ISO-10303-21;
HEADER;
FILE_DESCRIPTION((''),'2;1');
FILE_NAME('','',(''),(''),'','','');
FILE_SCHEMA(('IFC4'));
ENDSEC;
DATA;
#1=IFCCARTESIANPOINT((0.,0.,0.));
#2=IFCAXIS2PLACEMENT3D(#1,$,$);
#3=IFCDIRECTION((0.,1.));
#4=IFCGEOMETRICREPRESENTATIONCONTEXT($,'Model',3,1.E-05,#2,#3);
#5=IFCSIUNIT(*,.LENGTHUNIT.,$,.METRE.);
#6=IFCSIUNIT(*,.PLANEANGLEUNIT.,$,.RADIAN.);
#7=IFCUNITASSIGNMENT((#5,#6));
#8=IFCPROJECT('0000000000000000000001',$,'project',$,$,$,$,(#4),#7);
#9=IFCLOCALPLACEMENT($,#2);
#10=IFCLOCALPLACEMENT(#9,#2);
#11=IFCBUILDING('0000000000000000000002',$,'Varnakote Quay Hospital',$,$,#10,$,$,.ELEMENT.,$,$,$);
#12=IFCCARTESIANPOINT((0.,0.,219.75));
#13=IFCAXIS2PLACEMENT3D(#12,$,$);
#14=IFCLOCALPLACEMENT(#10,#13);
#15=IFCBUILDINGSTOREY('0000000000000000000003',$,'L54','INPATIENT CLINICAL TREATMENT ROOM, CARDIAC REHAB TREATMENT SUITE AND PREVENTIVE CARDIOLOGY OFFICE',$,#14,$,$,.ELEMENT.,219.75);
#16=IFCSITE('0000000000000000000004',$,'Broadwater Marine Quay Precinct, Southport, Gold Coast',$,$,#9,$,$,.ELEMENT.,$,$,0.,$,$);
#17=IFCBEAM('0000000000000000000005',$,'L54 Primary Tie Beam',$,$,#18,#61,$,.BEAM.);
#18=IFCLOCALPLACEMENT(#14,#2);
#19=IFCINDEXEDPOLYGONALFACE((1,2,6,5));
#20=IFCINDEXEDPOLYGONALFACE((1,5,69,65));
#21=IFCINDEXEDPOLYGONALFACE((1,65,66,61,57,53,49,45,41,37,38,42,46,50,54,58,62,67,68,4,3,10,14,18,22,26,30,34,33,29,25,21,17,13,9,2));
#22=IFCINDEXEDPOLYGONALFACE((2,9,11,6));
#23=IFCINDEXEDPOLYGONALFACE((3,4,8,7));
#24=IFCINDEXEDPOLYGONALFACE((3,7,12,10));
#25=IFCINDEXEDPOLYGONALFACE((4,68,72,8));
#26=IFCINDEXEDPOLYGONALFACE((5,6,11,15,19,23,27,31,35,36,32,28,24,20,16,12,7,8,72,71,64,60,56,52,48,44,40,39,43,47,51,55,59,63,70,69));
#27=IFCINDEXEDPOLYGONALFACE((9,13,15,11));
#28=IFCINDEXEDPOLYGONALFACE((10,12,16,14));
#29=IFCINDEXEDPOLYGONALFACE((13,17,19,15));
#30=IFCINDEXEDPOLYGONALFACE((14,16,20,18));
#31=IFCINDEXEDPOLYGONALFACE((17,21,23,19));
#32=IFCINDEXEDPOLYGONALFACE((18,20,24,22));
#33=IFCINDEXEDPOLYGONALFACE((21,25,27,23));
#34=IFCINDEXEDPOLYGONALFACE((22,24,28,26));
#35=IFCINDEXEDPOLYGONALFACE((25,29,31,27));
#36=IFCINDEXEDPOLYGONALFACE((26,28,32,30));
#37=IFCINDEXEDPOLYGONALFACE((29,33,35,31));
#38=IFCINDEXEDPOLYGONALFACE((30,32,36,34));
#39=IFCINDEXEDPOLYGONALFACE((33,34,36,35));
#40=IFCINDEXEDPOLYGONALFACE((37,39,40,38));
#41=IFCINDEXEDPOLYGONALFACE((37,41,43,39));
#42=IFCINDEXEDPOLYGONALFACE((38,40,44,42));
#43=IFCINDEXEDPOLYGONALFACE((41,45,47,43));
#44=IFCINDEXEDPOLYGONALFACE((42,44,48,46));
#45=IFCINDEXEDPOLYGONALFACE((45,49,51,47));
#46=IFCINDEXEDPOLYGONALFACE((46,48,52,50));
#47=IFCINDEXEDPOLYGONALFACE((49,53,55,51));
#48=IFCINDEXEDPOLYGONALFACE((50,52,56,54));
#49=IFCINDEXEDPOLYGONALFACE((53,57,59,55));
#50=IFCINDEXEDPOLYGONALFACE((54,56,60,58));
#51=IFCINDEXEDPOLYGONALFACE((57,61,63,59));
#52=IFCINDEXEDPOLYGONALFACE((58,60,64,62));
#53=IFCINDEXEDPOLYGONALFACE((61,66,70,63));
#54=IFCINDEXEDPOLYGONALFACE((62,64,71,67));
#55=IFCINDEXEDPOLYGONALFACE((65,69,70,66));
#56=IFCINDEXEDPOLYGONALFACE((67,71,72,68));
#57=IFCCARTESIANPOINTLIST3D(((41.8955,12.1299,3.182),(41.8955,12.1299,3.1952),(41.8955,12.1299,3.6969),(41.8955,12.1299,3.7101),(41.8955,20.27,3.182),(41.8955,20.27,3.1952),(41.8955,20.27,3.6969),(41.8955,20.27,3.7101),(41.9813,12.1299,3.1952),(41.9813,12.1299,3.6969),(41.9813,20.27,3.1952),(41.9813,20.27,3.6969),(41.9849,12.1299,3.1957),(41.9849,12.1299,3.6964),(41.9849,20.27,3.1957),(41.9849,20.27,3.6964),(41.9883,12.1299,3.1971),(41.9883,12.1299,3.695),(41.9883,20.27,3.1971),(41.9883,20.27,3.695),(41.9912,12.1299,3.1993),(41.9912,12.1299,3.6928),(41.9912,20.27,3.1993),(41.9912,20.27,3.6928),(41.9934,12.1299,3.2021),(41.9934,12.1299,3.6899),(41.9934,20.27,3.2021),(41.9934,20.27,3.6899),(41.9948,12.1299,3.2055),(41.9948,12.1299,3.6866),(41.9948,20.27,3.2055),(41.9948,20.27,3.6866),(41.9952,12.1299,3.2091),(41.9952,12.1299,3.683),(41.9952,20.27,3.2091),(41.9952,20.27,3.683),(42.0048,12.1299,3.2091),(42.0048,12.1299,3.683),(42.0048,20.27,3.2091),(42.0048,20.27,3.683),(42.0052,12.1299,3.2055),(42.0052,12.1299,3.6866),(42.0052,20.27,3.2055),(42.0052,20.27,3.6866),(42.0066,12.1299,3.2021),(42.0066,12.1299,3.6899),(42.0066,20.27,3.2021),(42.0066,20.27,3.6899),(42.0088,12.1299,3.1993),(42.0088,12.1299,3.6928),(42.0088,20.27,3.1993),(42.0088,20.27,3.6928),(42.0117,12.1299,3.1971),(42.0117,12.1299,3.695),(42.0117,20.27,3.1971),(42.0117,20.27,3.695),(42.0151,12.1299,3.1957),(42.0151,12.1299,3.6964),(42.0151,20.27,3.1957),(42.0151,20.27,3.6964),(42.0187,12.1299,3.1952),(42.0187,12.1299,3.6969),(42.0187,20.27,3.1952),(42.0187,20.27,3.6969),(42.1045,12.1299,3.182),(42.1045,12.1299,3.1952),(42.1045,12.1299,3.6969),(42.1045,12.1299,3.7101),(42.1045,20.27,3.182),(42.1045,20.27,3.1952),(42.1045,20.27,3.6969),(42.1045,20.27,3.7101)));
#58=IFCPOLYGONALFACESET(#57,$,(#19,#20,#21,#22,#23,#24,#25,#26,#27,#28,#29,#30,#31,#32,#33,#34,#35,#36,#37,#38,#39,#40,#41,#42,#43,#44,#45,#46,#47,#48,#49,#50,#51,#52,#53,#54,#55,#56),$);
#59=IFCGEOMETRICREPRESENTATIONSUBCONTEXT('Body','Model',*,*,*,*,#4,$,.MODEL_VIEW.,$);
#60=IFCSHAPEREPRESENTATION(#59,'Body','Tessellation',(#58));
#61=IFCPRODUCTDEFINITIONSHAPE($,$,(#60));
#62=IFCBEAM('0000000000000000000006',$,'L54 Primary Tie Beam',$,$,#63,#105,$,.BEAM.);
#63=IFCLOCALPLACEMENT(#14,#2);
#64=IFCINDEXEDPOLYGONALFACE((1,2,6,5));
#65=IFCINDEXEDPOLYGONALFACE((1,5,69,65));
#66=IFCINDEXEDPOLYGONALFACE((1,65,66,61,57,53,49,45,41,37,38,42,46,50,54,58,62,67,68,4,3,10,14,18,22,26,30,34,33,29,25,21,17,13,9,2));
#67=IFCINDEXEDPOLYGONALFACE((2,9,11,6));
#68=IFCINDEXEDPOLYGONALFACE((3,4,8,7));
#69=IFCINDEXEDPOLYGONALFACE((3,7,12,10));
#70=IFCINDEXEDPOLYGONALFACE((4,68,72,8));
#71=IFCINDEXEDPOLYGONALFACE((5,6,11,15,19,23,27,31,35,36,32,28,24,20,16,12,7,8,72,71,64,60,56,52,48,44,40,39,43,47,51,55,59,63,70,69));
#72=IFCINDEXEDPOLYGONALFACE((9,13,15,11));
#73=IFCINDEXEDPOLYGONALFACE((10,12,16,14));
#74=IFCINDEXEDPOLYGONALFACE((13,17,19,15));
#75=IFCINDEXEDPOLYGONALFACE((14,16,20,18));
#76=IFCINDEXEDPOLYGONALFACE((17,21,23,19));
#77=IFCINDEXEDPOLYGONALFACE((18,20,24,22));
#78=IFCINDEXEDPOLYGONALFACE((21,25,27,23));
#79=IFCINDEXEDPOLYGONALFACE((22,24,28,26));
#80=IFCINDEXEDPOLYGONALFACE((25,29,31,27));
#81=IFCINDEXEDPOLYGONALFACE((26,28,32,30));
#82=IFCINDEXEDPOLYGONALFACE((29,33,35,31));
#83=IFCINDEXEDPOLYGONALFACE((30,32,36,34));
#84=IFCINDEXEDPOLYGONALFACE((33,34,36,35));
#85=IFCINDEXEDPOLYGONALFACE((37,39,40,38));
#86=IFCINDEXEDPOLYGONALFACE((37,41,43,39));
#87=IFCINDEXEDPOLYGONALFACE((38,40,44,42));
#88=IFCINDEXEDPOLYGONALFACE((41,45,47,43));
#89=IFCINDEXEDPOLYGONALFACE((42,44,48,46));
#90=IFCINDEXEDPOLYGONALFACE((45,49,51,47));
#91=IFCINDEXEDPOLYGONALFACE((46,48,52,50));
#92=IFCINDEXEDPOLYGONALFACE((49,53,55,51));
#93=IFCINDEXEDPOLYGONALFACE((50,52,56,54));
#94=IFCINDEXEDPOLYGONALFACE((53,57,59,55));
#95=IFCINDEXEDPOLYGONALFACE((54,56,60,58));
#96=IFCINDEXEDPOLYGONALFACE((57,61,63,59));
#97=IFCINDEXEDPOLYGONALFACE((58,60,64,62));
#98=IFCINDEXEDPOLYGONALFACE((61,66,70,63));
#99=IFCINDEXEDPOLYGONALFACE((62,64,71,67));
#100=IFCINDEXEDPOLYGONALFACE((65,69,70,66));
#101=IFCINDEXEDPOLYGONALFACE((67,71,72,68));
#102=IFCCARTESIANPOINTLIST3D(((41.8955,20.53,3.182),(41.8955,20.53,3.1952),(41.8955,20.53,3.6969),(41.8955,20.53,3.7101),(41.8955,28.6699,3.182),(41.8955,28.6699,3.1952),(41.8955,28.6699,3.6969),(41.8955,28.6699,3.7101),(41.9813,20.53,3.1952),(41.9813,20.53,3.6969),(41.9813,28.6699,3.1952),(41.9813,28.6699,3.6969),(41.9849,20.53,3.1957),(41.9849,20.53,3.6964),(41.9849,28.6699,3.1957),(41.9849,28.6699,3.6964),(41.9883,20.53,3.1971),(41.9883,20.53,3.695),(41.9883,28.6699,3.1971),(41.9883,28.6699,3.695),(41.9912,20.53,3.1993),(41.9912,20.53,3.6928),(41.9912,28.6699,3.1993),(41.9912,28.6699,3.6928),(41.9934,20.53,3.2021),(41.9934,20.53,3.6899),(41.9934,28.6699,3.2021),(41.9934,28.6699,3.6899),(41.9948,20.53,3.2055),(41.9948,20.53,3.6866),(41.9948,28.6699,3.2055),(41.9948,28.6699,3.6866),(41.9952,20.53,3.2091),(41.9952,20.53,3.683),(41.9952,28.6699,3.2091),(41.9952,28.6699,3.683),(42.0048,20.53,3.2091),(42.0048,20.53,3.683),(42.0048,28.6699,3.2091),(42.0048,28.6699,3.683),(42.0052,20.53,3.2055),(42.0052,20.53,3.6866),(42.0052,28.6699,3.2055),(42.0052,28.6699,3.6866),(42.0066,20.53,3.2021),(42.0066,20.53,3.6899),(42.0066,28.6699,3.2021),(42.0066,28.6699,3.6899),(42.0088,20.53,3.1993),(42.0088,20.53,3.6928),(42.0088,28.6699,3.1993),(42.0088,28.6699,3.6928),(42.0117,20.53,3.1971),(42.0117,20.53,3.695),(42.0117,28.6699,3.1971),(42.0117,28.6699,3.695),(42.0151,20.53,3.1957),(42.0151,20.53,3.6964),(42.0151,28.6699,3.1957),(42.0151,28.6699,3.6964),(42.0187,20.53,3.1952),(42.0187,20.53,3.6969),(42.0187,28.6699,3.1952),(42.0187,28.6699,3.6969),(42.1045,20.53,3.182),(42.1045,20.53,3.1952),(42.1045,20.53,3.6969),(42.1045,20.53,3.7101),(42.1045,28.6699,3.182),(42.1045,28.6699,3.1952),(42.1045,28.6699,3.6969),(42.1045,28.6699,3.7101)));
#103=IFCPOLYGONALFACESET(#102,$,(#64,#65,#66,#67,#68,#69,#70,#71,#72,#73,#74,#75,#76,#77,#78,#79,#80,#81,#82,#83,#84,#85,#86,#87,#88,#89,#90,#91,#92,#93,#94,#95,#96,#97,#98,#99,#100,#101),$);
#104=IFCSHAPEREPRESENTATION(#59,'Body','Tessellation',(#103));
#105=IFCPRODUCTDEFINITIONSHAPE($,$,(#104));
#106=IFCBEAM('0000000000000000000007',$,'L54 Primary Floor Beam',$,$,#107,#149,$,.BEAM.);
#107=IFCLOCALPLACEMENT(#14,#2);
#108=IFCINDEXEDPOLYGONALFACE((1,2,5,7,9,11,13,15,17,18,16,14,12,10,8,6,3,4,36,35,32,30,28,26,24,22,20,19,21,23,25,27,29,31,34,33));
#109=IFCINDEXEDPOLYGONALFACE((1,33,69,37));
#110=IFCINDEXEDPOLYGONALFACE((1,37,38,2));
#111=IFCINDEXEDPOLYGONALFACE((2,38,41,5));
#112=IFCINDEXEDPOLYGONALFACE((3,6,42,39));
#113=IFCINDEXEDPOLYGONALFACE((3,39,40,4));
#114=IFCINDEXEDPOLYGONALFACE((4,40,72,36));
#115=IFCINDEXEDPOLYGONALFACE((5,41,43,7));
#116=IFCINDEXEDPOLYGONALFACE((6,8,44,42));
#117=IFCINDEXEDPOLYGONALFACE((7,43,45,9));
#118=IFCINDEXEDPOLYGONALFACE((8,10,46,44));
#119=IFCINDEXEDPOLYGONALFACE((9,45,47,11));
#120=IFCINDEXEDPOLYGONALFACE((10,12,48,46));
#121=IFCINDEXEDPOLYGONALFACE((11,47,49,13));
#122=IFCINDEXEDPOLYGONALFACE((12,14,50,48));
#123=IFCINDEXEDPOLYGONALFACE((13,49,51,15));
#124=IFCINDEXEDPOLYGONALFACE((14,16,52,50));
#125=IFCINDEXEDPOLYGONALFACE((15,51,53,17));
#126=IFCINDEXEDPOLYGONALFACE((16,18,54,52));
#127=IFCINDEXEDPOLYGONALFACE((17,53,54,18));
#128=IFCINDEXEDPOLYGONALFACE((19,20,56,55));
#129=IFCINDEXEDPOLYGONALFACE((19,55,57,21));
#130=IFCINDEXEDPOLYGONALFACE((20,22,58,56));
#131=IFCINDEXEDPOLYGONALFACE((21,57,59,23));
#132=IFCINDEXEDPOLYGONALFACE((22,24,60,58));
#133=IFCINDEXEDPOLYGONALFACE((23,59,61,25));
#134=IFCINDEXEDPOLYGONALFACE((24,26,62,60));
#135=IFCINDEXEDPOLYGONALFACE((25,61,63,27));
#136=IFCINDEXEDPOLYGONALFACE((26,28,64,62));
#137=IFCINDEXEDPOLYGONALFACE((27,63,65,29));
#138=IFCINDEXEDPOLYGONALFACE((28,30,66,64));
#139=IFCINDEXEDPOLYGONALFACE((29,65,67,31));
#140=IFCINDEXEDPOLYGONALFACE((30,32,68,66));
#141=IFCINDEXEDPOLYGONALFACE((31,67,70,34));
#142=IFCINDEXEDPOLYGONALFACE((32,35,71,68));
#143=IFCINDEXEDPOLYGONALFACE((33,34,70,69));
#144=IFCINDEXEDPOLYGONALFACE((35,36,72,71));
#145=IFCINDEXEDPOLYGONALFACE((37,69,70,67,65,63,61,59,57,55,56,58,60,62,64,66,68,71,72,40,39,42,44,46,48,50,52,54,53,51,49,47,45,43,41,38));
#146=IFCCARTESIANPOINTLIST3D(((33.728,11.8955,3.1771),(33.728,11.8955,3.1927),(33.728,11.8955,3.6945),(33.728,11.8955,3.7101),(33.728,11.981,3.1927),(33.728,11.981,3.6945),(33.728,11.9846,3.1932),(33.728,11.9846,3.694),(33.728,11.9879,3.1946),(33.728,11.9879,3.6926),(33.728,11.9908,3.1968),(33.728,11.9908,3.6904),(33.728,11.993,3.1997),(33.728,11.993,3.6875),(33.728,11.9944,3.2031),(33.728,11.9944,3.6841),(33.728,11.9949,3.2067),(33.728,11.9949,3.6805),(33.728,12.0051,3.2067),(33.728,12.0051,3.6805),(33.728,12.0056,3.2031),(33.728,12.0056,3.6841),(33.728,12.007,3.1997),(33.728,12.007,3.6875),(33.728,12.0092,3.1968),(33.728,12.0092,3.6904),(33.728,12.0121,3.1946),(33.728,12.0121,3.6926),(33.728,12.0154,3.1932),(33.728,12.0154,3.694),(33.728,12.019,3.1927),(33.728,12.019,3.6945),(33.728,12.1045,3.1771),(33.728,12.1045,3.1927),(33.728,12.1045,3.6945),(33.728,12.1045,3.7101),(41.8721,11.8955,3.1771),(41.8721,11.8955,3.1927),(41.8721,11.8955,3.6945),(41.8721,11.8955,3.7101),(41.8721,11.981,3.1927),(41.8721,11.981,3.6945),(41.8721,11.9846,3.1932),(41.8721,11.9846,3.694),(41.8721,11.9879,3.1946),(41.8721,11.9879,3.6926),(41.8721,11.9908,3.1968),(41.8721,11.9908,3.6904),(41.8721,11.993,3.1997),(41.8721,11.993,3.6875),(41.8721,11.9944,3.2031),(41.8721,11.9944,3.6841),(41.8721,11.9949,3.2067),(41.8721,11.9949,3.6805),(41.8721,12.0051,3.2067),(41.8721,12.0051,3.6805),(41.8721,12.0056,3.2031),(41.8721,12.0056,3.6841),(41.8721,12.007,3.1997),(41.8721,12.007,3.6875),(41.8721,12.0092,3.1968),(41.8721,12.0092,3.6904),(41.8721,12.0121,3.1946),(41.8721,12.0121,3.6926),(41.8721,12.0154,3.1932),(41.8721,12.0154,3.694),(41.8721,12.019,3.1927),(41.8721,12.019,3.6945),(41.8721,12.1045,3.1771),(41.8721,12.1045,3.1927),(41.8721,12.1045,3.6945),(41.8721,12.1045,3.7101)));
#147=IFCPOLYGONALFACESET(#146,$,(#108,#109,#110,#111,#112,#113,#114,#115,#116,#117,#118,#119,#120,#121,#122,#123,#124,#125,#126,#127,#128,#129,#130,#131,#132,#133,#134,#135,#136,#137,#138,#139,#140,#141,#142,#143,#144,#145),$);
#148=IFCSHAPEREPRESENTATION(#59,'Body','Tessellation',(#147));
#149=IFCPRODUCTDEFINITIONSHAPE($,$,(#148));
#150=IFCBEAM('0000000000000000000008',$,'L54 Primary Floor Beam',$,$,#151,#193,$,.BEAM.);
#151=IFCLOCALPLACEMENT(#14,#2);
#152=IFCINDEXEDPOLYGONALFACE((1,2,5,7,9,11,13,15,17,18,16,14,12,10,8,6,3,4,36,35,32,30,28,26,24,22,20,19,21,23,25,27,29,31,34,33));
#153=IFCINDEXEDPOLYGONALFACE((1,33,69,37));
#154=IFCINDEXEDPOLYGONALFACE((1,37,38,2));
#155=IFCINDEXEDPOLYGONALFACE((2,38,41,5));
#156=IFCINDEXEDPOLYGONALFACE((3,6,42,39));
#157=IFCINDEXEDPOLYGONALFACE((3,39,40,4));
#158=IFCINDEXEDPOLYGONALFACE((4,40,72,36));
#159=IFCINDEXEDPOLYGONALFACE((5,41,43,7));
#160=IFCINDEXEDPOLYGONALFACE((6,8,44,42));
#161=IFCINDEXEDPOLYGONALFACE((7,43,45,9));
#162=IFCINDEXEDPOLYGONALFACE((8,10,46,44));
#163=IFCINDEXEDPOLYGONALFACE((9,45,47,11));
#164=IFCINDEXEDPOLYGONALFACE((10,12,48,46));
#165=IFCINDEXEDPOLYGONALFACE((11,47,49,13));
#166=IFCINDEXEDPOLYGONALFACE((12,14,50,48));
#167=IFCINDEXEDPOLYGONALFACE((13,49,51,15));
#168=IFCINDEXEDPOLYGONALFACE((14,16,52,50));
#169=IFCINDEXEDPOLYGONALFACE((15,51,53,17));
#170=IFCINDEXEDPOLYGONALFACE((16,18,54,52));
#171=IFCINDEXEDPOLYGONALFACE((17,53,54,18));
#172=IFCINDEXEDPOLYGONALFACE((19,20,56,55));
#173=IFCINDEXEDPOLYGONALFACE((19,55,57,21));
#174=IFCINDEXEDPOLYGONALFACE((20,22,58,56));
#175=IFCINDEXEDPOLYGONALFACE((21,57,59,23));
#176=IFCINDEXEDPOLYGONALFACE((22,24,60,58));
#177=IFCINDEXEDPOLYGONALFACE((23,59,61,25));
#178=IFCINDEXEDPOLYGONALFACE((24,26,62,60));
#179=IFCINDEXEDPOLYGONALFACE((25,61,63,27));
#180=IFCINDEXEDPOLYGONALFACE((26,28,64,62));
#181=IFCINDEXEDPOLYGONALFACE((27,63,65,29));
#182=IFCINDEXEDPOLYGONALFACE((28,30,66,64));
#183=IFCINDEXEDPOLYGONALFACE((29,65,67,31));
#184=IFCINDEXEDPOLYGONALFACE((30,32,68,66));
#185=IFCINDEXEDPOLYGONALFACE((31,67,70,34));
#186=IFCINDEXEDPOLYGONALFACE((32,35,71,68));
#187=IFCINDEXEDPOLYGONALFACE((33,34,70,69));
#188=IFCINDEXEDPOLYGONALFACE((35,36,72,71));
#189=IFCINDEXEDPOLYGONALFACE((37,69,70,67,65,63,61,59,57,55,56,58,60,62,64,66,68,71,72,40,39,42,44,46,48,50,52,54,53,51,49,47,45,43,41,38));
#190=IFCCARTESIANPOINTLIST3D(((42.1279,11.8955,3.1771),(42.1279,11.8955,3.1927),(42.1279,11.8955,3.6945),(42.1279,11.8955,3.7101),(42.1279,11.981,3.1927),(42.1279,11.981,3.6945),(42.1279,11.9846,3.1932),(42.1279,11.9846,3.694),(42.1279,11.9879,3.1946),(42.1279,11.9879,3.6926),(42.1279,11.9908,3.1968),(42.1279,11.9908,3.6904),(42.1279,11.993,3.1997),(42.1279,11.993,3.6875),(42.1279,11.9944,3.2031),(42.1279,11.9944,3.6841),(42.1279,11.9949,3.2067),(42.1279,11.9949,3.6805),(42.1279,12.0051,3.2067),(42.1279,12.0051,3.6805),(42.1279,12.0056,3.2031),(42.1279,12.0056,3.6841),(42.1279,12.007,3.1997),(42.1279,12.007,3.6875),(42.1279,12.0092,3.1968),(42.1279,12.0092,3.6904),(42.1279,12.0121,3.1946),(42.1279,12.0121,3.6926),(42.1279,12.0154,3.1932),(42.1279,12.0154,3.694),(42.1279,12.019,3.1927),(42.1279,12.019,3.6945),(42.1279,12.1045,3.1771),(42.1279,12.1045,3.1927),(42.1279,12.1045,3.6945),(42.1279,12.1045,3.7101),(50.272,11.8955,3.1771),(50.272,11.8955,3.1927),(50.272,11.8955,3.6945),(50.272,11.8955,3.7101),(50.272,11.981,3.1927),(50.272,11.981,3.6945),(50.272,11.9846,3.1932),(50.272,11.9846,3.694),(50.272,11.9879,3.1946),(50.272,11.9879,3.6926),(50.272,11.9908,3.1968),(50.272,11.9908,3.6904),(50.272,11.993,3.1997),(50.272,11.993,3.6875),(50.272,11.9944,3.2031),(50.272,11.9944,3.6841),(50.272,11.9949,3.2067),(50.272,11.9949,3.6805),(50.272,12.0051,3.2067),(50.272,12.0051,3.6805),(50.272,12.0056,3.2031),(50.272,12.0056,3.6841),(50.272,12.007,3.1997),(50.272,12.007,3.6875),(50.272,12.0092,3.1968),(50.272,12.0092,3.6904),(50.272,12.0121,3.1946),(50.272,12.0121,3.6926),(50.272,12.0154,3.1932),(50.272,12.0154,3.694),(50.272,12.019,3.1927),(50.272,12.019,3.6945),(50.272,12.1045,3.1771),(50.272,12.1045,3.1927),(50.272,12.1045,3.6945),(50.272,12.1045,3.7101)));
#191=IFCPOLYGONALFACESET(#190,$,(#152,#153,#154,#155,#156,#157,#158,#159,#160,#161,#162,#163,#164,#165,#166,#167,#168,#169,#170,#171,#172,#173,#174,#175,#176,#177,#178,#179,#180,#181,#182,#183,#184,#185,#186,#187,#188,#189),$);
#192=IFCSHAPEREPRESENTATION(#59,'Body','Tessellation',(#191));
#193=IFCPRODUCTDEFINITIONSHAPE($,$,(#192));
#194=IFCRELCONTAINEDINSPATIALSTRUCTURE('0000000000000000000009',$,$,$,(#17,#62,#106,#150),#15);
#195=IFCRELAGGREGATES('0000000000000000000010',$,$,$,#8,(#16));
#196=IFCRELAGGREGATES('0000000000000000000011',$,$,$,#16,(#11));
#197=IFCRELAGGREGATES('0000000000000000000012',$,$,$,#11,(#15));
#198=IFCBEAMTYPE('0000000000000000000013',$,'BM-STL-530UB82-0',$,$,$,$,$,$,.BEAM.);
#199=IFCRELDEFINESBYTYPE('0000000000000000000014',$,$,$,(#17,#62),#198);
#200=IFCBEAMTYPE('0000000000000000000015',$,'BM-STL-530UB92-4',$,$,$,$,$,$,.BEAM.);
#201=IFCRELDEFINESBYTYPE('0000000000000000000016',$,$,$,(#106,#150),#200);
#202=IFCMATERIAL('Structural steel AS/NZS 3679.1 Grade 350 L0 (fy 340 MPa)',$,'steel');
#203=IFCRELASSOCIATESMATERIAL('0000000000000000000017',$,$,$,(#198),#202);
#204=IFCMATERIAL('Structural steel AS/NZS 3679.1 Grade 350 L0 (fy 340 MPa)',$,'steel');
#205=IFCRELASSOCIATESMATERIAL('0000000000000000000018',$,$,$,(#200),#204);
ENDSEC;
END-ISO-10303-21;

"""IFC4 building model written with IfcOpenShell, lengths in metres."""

from ifc_helpers import new_model, si_unit, direction, frame, origin, origin_2d, place, context, subcontext, project, spatial, i_section, extrude, material, material_profile, profile_set, type_object, element, save


model = new_model("IFC4")

# Units and contexts
model_context = context("Model", 3, precision=1e-05, world=origin(), true_north=direction((0.0, 1.0)))
body_context = subcontext(model_context, "Body", "Model", "MODEL_VIEW")
ifc_project = project(units=[si_unit("LENGTHUNIT", "METRE"), si_unit("PLANEANGLEUNIT", "RADIAN")], contexts=[model_context])

# Site, building, storey
site_placement = place(None, origin())
site = spatial("IfcSite", under=ifc_project, at=site_placement, Name="Broadwater Marine Quay Precinct, Southport, Gold Coast", CompositionType="ELEMENT", RefElevation=0.0)
building_placement = place(site_placement, origin())
building = spatial("IfcBuilding", under=site, at=building_placement, Name="Varnakote Quay Hospital", CompositionType="ELEMENT")
storey_placement = place(building_placement, frame((0.0, 0.0, 219.75)))
storey = spatial("IfcBuildingStorey", under=building, at=storey_placement, Name="L54", Description="INPATIENT CLINICAL TREATMENT ROOM, CARDIAC REHAB TREATMENT SUITE AND PREVENTIVE CARDIOLOGY OFFICE", CompositionType="ELEMENT", Elevation=219.75)

# Beams
ifc_material_1 = material(Name="Structural steel AS/NZS 3679.1 Grade 350 L0 (fy 340 MPa)", Category="steel")
ifc_material_profile_1 = material_profile(ifc_material_1, i_section(OverallWidth=0.209, OverallDepth=0.5281, WebThickness=0.0095, FlangeThickness=0.0132, FilletRadius=0.0139, at=origin_2d()), Name="530UB82.0")
ifc_profile_set_1 = profile_set([ifc_material_profile_1], Name="Structural steel AS/NZS 3679.1 Grade 350 L0 (fy 340 MPa)")
beam_type_1 = type_object("IfcBeamType", Name="BM-STL-530UB82-0", PredefinedType="BEAM", material=ifc_profile_set_1)
beam_1_placement = place(storey_placement, frame((42.0, 12.1299, 3.446), z_axis=(0.0, 1.0, 0.0), x_axis=(-1.0, 0.0, 0.0)))
element("IfcBeam", 1, at=beam_1_placement, inside=storey, type_object=beam_type_1, Name="L54 Primary Tie Beam", PredefinedType="BEAM", context=body_context, shape_type="SweptSolid", body=[
    extrude(i_section(OverallWidth=0.209, OverallDepth=0.5281, WebThickness=0.0095, FlangeThickness=0.0132, FilletRadius=0.0139, at=origin_2d()), origin(), (0.0, 0.0, 1.0), 8.1401),
])
beam_2_placement = place(storey_placement, frame((42.0, 20.53, 3.446), z_axis=(0.0, 1.0, 0.0), x_axis=(-1.0, 0.0, 0.0)))
element("IfcBeam", 2, at=beam_2_placement, inside=storey, type_object=beam_type_1, Name="L54 Primary Tie Beam", PredefinedType="BEAM", context=body_context, shape_type="SweptSolid", body=[
    extrude(i_section(OverallWidth=0.209, OverallDepth=0.5281, WebThickness=0.0095, FlangeThickness=0.0132, FilletRadius=0.0139, at=origin_2d()), origin(), (0.0, 0.0, 1.0), 8.1399),
])
ifc_material_2 = material(Name="Structural steel AS/NZS 3679.1 Grade 350 L0 (fy 340 MPa)", Category="steel")
ifc_material_profile_2 = material_profile(ifc_material_2, i_section(OverallWidth=0.209, OverallDepth=0.533, WebThickness=0.0103, FlangeThickness=0.0156, FilletRadius=0.0139, at=origin_2d()), Name="530UB92.4")
ifc_profile_set_2 = profile_set([ifc_material_profile_2], Name="Structural steel AS/NZS 3679.1 Grade 350 L0 (fy 340 MPa)")
beam_type_2 = type_object("IfcBeamType", Name="BM-STL-530UB92-4", PredefinedType="BEAM", material=ifc_profile_set_2)
for number, where, z_axis, x_axis, name in (
    (3, (33.728, 12.0, 3.4436), (1.0, 0.0, 0.0), (0.0, 1.0, 0.0), "L54 Primary Floor Beam"),
    (4, (42.1279, 12.0, 3.4436), (1.0, 0.0, 0.0), (0.0, 1.0, 0.0), "L54 Primary Floor Beam"),
):
    element("IfcBeam", number, at=place(storey_placement, frame(where, z_axis=z_axis, x_axis=x_axis)), inside=storey, type_object=beam_type_2, Name=name, PredefinedType="BEAM", context=body_context, shape_type="SweptSolid", body=[
        extrude(i_section(OverallWidth=0.209, OverallDepth=0.533, WebThickness=0.0103, FlangeThickness=0.0156, FilletRadius=0.0139, at=origin_2d()), origin(), (0.0, 0.0, 1.0), 8.144),
    ])

save(model, "model.ifc")
